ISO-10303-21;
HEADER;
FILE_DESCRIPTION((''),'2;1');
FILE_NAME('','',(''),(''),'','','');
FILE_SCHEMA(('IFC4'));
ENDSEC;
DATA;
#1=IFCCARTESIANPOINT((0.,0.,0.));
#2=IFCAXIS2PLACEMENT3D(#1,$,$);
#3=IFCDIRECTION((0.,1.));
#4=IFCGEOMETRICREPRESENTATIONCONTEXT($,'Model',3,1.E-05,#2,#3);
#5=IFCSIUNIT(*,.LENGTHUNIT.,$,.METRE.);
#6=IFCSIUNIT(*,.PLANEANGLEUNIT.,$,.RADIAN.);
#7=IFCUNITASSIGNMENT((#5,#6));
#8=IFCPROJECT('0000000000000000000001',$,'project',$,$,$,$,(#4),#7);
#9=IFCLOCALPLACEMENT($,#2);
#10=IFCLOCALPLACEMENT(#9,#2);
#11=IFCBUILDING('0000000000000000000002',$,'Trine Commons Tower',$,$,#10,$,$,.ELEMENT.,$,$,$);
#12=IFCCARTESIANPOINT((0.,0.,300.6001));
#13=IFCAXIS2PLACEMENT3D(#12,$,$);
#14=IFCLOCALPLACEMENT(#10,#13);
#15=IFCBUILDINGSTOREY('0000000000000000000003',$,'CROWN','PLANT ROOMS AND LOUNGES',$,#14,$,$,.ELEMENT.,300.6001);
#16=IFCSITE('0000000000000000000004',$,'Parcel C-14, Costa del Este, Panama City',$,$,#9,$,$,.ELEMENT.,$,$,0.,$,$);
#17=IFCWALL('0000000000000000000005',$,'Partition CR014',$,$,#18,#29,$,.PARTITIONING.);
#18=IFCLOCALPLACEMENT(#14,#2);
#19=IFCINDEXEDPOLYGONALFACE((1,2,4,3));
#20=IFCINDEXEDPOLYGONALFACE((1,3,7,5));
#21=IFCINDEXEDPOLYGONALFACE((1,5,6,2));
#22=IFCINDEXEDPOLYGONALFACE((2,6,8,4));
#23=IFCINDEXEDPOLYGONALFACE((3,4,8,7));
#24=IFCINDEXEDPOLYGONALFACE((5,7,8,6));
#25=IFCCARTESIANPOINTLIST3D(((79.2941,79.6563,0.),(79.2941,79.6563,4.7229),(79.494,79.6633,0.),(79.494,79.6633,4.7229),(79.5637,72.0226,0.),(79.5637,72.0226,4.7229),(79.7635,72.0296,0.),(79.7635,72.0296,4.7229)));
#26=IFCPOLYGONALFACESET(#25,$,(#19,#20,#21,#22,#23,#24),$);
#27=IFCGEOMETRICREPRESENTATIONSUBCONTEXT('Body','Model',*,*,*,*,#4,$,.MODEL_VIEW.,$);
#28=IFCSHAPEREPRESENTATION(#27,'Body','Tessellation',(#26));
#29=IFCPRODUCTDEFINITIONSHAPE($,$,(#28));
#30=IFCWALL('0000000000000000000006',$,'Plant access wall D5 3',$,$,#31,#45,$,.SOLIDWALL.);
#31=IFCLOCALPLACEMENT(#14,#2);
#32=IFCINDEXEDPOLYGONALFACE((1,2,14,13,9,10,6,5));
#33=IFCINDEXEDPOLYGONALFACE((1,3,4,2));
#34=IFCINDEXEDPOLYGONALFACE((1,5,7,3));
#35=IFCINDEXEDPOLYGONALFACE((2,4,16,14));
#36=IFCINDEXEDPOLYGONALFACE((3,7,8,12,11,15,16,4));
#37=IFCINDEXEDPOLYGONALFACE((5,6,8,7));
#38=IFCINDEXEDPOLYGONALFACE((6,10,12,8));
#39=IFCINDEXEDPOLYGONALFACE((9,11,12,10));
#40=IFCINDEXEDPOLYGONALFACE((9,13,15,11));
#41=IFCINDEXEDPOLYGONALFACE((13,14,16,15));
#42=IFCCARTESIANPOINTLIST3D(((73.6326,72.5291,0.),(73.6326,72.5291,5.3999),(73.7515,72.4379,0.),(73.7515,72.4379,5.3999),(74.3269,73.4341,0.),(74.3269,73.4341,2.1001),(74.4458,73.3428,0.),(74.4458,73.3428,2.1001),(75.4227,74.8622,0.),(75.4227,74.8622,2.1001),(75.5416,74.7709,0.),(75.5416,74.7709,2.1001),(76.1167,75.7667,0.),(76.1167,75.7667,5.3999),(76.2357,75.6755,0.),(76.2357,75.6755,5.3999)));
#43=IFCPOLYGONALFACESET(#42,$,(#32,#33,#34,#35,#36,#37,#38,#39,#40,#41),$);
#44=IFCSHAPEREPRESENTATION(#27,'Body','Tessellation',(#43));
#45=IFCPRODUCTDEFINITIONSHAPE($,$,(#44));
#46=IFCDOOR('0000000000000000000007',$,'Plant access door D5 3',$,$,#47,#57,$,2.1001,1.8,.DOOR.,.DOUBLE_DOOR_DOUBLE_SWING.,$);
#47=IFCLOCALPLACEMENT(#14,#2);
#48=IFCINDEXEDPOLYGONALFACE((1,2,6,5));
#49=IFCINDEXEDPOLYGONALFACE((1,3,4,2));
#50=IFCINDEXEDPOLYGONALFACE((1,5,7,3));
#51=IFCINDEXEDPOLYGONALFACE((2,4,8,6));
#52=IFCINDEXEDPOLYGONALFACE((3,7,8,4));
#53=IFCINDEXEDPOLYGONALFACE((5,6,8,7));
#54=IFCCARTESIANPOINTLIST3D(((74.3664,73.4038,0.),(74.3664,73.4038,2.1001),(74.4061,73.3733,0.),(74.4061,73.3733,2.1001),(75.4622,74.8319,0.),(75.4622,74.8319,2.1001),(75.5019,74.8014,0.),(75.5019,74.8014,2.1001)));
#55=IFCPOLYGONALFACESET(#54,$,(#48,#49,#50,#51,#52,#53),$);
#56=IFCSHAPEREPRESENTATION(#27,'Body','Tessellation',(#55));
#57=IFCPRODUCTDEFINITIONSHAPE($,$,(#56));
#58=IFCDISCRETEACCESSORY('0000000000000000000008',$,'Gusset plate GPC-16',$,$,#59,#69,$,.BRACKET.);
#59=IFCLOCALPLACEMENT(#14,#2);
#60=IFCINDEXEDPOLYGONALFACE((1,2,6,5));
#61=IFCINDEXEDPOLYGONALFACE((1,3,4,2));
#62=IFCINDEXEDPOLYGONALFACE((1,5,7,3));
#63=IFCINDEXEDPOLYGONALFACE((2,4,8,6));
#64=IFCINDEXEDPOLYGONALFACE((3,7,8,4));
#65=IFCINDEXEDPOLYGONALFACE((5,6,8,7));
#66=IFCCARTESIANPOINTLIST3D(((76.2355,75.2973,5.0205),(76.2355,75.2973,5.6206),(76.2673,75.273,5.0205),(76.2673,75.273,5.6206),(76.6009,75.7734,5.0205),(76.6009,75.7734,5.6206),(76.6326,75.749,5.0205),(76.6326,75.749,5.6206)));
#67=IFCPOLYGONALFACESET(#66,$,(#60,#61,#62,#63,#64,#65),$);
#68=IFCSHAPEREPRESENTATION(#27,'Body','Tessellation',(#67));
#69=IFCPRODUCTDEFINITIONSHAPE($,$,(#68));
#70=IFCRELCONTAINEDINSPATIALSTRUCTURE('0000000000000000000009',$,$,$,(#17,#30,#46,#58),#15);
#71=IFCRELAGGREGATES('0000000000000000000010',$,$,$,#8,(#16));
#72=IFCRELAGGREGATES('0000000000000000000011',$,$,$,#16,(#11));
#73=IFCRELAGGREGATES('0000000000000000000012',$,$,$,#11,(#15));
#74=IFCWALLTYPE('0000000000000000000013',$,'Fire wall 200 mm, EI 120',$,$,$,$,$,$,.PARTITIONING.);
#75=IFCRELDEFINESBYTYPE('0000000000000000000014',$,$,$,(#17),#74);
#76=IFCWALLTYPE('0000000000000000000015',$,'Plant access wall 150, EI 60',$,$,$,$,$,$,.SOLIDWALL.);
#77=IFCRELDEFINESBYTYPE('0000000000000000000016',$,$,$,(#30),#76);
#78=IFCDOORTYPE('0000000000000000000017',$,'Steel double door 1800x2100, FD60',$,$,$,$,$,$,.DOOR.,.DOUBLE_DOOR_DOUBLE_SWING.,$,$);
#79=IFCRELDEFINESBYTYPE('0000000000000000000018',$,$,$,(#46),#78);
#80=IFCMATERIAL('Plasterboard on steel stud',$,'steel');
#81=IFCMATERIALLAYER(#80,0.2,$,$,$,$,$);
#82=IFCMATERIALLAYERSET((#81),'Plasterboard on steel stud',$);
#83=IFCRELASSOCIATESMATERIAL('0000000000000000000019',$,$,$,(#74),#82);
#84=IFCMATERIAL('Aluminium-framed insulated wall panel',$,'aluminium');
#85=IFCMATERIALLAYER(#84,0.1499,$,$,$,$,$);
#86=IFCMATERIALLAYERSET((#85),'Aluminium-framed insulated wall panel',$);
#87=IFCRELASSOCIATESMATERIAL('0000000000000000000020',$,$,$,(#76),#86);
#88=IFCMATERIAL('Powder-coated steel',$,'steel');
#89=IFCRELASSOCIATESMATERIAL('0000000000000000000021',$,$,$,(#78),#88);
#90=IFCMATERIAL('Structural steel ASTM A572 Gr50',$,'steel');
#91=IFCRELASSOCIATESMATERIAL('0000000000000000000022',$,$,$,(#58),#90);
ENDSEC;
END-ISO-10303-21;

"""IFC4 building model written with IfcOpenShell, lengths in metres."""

from ifc_helpers import new_model, si_unit, direction, frame, frame_2d, origin, origin_2d, place, context, subcontext, project, spatial, rectangle, extrude, material, layer, layer_set, type_object, element, fill, save


model = new_model("IFC4")

# Units and contexts
model_context = context("Model", 3, precision=1e-05, world=origin(), true_north=direction((0.0, 1.0)))
body_context = subcontext(model_context, "Body", "Model", "MODEL_VIEW")
ifc_project = project(units=[si_unit("LENGTHUNIT", "METRE"), si_unit("PLANEANGLEUNIT", "RADIAN")], contexts=[model_context])

# Site, building, storey
site_placement = place(None, origin())
site = spatial("IfcSite", under=ifc_project, at=site_placement, Name="Parcel C-14, Costa del Este, Panama City", CompositionType="ELEMENT", RefElevation=0.0)
building_placement = place(site_placement, origin())
building = spatial("IfcBuilding", under=site, at=building_placement, Name="Trine Commons Tower", CompositionType="ELEMENT")
storey_placement = place(building_placement, frame((0.0, 0.0, 300.6001)))
storey = spatial("IfcBuildingStorey", under=building, at=storey_placement, Name="CROWN", Description="PLANT ROOMS AND LOUNGES", CompositionType="ELEMENT", Elevation=300.6001)

# Wall
ifc_material_1 = material(Name="Plasterboard on steel stud", Category="steel")
ifc_layer_1 = layer(ifc_material_1, 0.2)
ifc_layer_set_1 = layer_set([ifc_layer_1], Name="Plasterboard on steel stud")
wall_type_1 = type_object("IfcWallType", Name="Fire wall 200 mm, EI 120", PredefinedType="PARTITIONING", material=ifc_layer_set_1)
wall_1_placement = place(storey_placement, frame((79.394, 79.6599, 0.0), z_axis=(0.0, 0.0, 1.0), x_axis=(0.035286, -0.999377, 0.0)))
element("IfcWall", 1, at=wall_1_placement, inside=storey, type_object=wall_type_1, Name="Partition CR014", PredefinedType="PARTITIONING", context=body_context, shape_type="SweptSolid", body=[
    extrude(rectangle(XDim=7.6384, YDim=0.2, at=frame_2d((3.8193, 0.0))), origin(), (0.0, 0.0, 1.0), 4.7229),
])

# Wall, opening, door
ifc_material_2 = material(Name="Aluminium-framed insulated wall panel", Category="aluminium")
ifc_layer_2 = layer(ifc_material_2, 0.1499)
ifc_layer_set_2 = layer_set([ifc_layer_2], Name="Aluminium-framed insulated wall panel")
wall_type_2 = type_object("IfcWallType", Name="Plant access wall 150, EI 60", PredefinedType="SOLIDWALL", material=ifc_layer_set_2)
wall_2_placement = place(storey_placement, frame((76.1763, 75.7212, 0.0), z_axis=(0.0, 0.0, 1.0), x_axis=(-0.608742, -0.793368, 0.0)))
wall_2 = element("IfcWall", 2, at=wall_2_placement, inside=storey, type_object=wall_type_2, Name="Plant access wall D5 3", PredefinedType="SOLIDWALL", context=body_context, shape_type="SweptSolid", body=[
    extrude(rectangle(XDim=4.0808, YDim=0.1499, at=frame_2d((2.0405, 0.0))), origin(), (0.0, 0.0, 1.0), 5.3999),
])
opening_placement = place(wall_2_placement, frame((1.1404, 0.0, 0.0)))
opening = element("IfcOpeningElement", 3, at=opening_placement, cuts=wall_2, PredefinedType="OPENING", context=body_context, shape_type="SweptSolid", body=[
    extrude(rectangle(XDim=1.8, YDim=2.1001, at=frame_2d((0.8999, 1.05))), frame((0.0, 0.085, 0.0), z_axis=(0.0, -1.0, 0.0), x_axis=(1.0, 0.0, 0.0)), (0.0, 0.0, 1.0), 0.1699),
])
ifc_material_3 = material(Name="Powder-coated steel", Category="steel")
door_type = type_object("IfcDoorType", Name="Steel double door 1800x2100, FD60", OperationType="DOUBLE_DOOR_DOUBLE_SWING", PredefinedType="DOOR", material=ifc_material_3)
door_placement = place(opening_placement, origin())
door = element("IfcDoor", 4, at=door_placement, inside=storey, type_object=door_type, Name="Plant access door D5 3", OperationType="DOUBLE_DOOR_DOUBLE_SWING", OverallHeight=2.1001, OverallWidth=1.8, PredefinedType="DOOR", context=body_context, shape_type="SweptSolid", body=[
    extrude(rectangle(XDim=1.8, YDim=2.1001, at=frame_2d((0.8999, 1.05))), frame((0.0, 0.0249, 0.0), z_axis=(0.0, -1.0, 0.0), x_axis=(1.0, 0.0, 0.0)), (0.0, 0.0, 1.0), 0.05),
])
fill(opening, door)

# Discrete accessory
ifc_material_4 = material(Name="Structural steel ASTM A572 Gr50", Category="steel")
discrete_accessory_placement = place(storey_placement, frame((76.4341, 75.5232, 5.0205), z_axis=(0.0, 0.0, 1.0), x_axis=(0.608768, 0.793348, 0.0)))
element("IfcDiscreteAccessory", 5, at=discrete_accessory_placement, inside=storey, material=ifc_material_4, Name="Gusset plate GPC-16", PredefinedType="BRACKET", context=body_context, shape_type="SweptSolid", body=[
    extrude(rectangle(XDim=0.6001, YDim=0.04, at=origin_2d()), origin(), (0.0, 0.0, 1.0), 0.6001),
])

save(model, "model.ifc")
